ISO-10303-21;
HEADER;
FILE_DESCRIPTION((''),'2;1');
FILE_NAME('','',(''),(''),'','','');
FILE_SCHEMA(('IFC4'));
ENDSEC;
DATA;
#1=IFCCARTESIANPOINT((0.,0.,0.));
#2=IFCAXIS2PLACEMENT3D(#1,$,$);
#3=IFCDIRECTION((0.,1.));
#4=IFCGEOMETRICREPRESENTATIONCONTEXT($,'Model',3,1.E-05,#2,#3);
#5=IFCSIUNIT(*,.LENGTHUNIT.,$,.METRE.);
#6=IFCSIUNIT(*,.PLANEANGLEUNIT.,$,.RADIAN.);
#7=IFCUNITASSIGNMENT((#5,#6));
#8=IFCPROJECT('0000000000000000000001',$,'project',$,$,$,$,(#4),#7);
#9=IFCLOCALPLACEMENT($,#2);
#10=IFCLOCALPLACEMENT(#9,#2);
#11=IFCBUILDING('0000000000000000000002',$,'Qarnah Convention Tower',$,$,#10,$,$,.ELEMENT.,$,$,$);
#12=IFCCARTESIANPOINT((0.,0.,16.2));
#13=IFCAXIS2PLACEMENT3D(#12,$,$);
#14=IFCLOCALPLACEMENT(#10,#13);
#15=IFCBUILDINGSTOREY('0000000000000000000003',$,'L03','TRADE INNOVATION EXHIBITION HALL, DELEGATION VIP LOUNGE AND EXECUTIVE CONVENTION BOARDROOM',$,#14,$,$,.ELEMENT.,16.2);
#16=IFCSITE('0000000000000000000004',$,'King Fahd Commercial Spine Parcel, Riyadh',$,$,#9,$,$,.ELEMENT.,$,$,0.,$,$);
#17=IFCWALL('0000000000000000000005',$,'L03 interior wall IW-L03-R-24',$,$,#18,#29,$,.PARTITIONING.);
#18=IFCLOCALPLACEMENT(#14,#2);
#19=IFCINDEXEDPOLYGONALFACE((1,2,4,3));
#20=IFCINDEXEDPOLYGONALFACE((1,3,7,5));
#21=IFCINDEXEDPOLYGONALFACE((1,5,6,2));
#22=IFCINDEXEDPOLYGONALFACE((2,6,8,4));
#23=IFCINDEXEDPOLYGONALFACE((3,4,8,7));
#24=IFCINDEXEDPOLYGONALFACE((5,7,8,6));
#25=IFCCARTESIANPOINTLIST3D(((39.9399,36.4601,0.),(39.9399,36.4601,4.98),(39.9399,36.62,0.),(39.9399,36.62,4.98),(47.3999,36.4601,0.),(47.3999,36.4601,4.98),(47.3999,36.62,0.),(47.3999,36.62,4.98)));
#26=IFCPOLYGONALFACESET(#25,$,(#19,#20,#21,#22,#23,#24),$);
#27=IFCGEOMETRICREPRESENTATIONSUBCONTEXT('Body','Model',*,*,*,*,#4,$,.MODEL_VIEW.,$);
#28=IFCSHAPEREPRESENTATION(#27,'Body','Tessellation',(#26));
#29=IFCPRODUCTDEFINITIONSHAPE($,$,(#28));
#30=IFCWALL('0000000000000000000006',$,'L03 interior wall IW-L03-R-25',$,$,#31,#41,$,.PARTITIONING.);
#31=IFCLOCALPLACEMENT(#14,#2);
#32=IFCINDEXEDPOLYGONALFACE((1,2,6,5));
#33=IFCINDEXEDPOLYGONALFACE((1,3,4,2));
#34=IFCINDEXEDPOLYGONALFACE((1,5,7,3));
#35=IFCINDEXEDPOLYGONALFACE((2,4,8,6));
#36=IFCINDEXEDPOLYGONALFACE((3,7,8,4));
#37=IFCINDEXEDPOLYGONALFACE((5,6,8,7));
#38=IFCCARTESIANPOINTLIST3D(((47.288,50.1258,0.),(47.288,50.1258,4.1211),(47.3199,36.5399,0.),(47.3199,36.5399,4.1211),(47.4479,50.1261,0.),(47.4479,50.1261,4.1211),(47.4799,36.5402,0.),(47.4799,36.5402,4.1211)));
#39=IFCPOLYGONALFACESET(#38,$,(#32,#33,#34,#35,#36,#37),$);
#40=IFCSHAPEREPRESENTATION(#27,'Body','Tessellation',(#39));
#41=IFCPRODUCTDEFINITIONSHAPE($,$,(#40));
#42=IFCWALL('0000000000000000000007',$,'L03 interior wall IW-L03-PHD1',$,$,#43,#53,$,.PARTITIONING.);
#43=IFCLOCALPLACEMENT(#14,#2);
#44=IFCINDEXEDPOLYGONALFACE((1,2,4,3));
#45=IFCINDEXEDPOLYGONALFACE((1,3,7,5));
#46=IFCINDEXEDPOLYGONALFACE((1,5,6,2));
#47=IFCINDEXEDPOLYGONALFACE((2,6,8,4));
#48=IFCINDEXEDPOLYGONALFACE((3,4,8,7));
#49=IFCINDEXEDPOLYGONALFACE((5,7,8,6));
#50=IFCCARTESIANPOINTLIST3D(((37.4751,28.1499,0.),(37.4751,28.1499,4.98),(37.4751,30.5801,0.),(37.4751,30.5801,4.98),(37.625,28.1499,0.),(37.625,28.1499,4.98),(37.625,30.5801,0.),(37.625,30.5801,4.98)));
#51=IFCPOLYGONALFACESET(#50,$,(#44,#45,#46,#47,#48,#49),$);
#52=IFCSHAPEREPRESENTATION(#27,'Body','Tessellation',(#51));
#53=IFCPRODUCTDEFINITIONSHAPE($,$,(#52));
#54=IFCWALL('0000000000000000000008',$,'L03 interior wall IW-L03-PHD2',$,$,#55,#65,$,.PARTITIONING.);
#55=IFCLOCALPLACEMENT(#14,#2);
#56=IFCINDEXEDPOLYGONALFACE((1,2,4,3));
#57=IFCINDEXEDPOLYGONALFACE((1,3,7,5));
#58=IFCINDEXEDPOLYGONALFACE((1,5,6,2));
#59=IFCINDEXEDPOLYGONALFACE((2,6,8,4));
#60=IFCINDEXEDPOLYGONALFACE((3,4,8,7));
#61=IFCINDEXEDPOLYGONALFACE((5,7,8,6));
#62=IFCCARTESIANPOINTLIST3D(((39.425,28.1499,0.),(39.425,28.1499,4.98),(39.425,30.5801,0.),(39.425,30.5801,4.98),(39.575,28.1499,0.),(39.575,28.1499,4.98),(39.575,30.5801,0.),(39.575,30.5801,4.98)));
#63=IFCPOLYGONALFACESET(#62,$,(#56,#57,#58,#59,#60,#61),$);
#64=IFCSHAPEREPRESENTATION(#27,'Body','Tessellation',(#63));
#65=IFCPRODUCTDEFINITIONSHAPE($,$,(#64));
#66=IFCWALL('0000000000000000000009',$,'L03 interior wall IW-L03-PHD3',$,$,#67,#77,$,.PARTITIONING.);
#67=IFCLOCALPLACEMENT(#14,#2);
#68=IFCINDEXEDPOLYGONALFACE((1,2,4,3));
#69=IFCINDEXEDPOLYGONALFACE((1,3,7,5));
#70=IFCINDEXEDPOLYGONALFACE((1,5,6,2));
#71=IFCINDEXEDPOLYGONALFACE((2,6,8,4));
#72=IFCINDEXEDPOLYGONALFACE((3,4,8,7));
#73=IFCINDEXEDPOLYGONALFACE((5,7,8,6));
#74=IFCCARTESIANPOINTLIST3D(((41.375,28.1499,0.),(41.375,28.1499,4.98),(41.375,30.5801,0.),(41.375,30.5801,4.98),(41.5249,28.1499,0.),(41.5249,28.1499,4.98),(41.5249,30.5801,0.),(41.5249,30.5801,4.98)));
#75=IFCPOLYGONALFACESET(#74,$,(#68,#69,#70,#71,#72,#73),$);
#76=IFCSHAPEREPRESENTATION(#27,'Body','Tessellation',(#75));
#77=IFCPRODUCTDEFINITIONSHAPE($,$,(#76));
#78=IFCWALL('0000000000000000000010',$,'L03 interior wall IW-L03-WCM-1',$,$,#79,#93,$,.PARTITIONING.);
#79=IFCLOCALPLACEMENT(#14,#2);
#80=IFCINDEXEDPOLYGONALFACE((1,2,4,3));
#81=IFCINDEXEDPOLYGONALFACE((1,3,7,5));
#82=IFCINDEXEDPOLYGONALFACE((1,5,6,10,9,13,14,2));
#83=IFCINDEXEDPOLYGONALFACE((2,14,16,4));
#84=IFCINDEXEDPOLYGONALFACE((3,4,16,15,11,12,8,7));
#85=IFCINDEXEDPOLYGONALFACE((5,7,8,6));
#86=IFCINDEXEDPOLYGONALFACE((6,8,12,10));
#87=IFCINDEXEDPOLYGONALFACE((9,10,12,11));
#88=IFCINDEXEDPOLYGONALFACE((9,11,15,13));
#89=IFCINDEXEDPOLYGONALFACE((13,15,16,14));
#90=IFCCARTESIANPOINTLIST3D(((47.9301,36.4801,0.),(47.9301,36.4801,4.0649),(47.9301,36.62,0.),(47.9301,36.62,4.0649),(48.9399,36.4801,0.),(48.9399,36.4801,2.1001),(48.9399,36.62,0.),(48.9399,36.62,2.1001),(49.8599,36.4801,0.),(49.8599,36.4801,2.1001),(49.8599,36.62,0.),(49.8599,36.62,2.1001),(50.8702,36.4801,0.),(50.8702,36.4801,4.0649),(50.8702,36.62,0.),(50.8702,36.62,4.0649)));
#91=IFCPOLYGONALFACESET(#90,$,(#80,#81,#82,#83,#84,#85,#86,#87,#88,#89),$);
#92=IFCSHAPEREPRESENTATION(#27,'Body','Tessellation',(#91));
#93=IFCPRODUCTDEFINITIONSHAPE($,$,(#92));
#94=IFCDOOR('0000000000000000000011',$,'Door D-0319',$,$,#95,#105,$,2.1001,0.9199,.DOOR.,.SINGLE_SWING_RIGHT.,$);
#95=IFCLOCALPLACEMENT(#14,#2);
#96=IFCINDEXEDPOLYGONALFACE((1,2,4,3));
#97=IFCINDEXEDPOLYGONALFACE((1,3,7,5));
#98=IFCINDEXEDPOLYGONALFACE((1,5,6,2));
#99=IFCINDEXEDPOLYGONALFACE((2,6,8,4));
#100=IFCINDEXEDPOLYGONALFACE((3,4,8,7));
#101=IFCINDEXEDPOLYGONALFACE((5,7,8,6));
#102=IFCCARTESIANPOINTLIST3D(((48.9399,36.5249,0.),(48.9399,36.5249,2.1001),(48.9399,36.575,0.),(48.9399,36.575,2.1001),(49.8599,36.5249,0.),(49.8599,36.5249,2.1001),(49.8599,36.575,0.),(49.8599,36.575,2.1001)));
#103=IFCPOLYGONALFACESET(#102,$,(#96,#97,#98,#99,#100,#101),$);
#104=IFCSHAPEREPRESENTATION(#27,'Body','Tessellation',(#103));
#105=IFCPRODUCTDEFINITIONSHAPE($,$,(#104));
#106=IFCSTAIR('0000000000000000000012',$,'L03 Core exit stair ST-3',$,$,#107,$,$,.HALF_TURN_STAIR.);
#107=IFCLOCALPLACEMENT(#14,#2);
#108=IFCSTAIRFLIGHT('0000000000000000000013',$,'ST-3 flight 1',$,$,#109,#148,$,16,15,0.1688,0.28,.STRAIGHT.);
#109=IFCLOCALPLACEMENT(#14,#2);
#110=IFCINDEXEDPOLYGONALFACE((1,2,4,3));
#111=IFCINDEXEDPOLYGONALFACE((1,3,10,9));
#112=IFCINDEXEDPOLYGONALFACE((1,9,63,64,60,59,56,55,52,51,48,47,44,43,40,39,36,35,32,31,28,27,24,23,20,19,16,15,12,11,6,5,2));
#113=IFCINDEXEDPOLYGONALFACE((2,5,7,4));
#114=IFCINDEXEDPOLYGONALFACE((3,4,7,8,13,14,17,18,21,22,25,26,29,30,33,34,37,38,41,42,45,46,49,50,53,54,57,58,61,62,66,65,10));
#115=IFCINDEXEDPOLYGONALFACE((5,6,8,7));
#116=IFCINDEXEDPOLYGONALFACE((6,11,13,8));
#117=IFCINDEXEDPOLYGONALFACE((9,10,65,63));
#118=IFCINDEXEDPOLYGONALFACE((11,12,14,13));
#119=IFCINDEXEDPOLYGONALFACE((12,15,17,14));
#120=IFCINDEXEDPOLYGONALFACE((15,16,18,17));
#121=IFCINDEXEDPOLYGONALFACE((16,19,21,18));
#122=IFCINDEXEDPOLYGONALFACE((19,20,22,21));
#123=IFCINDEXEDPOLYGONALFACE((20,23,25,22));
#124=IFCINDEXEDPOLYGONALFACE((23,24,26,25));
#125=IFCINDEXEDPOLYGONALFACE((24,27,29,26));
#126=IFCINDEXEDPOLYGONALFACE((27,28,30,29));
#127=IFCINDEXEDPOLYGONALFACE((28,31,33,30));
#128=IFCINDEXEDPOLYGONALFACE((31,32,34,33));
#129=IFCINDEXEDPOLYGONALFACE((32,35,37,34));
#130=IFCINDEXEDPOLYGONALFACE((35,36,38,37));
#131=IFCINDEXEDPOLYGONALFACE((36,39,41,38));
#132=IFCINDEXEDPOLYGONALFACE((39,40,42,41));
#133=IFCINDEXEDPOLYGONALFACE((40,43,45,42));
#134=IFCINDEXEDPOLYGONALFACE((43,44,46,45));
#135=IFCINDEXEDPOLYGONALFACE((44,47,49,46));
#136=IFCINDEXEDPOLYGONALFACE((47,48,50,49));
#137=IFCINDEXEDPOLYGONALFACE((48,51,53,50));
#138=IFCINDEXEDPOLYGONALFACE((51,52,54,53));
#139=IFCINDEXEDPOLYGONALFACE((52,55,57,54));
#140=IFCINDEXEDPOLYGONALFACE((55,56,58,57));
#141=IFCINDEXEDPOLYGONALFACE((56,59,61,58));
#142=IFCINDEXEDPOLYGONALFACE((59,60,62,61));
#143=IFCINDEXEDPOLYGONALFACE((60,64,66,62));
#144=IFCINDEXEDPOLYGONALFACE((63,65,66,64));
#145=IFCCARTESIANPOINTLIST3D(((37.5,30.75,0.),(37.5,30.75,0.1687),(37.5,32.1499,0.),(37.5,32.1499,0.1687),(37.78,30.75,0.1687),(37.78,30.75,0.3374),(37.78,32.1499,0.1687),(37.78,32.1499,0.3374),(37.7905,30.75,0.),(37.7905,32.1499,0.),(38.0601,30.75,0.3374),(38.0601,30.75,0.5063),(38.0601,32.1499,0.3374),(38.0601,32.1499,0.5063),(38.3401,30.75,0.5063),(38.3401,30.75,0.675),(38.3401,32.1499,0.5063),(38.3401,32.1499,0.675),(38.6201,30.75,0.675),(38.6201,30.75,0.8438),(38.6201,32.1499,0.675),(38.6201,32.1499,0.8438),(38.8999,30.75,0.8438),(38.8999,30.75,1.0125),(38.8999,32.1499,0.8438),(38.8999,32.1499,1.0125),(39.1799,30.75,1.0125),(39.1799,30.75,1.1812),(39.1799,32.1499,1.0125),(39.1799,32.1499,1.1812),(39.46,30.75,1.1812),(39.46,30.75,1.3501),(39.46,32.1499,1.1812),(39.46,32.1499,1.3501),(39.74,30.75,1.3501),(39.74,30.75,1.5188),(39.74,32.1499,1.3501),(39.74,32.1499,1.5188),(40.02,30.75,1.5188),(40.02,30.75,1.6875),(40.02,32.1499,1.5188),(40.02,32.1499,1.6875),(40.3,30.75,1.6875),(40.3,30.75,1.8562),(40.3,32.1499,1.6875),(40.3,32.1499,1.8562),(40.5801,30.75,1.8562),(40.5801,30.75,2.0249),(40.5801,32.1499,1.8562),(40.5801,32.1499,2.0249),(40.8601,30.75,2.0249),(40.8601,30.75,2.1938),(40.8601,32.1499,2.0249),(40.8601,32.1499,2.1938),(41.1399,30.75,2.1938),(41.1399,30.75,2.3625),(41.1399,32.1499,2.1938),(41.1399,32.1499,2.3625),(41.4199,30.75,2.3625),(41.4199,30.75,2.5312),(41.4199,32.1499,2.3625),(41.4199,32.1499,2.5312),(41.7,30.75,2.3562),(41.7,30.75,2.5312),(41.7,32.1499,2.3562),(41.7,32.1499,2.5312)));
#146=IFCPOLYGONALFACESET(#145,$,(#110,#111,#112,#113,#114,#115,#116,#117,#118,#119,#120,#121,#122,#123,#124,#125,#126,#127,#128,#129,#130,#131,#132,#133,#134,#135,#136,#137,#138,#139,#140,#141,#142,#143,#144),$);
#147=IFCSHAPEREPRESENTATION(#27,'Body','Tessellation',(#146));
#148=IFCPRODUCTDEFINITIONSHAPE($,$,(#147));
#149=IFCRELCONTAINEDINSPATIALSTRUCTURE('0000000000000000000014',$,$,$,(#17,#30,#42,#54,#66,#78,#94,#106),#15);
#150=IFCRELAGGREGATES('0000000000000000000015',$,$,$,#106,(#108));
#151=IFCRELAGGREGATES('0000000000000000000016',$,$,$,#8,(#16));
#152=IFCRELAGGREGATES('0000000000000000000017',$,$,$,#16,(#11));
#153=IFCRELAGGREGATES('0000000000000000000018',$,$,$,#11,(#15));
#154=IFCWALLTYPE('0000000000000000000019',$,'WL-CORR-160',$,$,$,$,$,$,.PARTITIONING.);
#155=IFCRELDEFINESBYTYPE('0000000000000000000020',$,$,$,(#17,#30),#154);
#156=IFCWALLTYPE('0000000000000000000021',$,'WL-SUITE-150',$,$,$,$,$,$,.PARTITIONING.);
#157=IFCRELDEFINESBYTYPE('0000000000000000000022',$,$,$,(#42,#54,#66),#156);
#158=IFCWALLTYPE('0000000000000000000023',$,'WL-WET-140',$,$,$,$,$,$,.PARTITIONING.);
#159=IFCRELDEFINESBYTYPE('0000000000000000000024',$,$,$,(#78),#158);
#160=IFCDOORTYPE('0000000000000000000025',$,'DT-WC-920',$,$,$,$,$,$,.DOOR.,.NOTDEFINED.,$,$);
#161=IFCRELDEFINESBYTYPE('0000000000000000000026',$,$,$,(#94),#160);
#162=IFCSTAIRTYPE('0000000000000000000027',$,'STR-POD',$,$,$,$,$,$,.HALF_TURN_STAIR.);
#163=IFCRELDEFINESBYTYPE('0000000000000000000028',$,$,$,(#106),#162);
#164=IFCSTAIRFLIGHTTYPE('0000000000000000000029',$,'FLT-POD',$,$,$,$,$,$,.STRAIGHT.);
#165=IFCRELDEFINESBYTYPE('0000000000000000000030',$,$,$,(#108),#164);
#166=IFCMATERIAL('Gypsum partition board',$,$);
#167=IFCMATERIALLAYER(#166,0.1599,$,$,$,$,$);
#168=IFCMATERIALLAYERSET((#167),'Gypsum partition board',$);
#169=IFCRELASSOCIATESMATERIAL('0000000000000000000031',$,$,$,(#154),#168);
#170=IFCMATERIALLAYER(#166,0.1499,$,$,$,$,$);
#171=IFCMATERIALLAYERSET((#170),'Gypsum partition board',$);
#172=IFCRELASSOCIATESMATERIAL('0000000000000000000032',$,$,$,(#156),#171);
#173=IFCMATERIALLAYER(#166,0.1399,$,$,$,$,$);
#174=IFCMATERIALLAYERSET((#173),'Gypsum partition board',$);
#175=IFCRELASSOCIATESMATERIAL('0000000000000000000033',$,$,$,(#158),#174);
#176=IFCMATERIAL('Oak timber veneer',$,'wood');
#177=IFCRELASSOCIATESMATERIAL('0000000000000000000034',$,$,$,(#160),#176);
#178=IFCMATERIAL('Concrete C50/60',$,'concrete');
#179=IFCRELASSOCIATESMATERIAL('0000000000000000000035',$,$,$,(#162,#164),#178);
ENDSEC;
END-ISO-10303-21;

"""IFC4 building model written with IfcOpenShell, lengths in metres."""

from ifc_helpers import new_model, si_unit, direction, frame, frame_2d, origin, place, context, subcontext, project, spatial, polyline, rectangle, outline, extrude, material, layer, layer_set, type_object, element, fill, aggregate, save


model = new_model("IFC4")

# Units and contexts
model_context = context("Model", 3, precision=1e-05, world=origin(), true_north=direction((0.0, 1.0)))
body_context = subcontext(model_context, "Body", "Model", "MODEL_VIEW")
ifc_project = project(units=[si_unit("LENGTHUNIT", "METRE"), si_unit("PLANEANGLEUNIT", "RADIAN")], contexts=[model_context])

# Site, building, storey
site_placement = place(None, origin())
site = spatial("IfcSite", under=ifc_project, at=site_placement, Name="King Fahd Commercial Spine Parcel, Riyadh", CompositionType="ELEMENT", RefElevation=0.0)
building_placement = place(site_placement, origin())
building = spatial("IfcBuilding", under=site, at=building_placement, Name="Qarnah Convention Tower", CompositionType="ELEMENT")
storey_placement = place(building_placement, frame((0.0, 0.0, 16.2)))
storey = spatial("IfcBuildingStorey", under=building, at=storey_placement, Name="L03", Description="TRADE INNOVATION EXHIBITION HALL, DELEGATION VIP LOUNGE AND EXECUTIVE CONVENTION BOARDROOM", CompositionType="ELEMENT", Elevation=16.2)

# Shared definitions
ifc_material_1 = material(Name="Gypsum partition board")
ifc_layer_1 = layer(ifc_material_1, 0.1599)
ifc_layer_set_1 = layer_set([ifc_layer_1], Name="Gypsum partition board")
wall_type_1 = type_object("IfcWallType", Name="WL-CORR-160", PredefinedType="PARTITIONING", material=ifc_layer_set_1)

# Shared definitions
ifc_material_2 = material(Name="Oak timber veneer", Category="wood")

# Walls
wall_1_placement = place(storey_placement, frame((39.9399, 36.54, 0.0), z_axis=(0.0, 0.0, 1.0), x_axis=(1.0, 0.0, 0.0)))
element("IfcWall", 1, at=wall_1_placement, inside=storey, type_object=wall_type_1, Name="L03 interior wall IW-L03-R-24", PredefinedType="PARTITIONING", context=body_context, shape_type="SweptSolid", body=[
    extrude(rectangle(XDim=7.46, YDim=0.1599, at=frame_2d((3.73, 0.0))), origin(), (0.0, 0.0, 1.0), 4.98),
])
wall_2_placement = place(storey_placement, frame((47.3999, 36.54, 0.0), z_axis=(0.0, 0.0, 1.0), x_axis=(-0.002354, 0.999997, 0.0)))
element("IfcWall", 2, at=wall_2_placement, inside=storey, type_object=wall_type_1, Name="L03 interior wall IW-L03-R-25", PredefinedType="PARTITIONING", context=body_context, shape_type="SweptSolid", body=[
    extrude(rectangle(XDim=13.5859, YDim=0.1599, at=frame_2d((6.793, 0.0))), origin(), (0.0, 0.0, 1.0), 4.1211),
])

# Walls
ifc_layer_2 = layer(ifc_material_1, 0.1499)
ifc_layer_set_2 = layer_set([ifc_layer_2], Name="Gypsum partition board")
wall_type_2 = type_object("IfcWallType", Name="WL-SUITE-150", PredefinedType="PARTITIONING", material=ifc_layer_set_2)
for number, where, z_axis, x_axis, name in (
    (3, (37.55, 28.1499, 0.0), (0.0, 0.0, 1.0), (0.0, 1.0, 0.0), "L03 interior wall IW-L03-PHD1"),
    (4, (39.5, 28.1499, 0.0), (0.0, 0.0, 1.0), (0.0, 1.0, 0.0), "L03 interior wall IW-L03-PHD2"),
    (5, (41.45, 28.1499, 0.0), (0.0, 0.0, 1.0), (0.0, 1.0, 0.0), "L03 interior wall IW-L03-PHD3"),
):
    element("IfcWall", number, at=place(storey_placement, frame(where, z_axis=z_axis, x_axis=x_axis)), inside=storey, type_object=wall_type_2, Name=name, PredefinedType="PARTITIONING", context=body_context, shape_type="SweptSolid", body=[
        extrude(rectangle(XDim=2.4302, YDim=0.1499, at=frame_2d((1.2151, 0.0))), origin(), (0.0, 0.0, 1.0), 4.98),
    ])

# Wall, opening, door
ifc_layer_3 = layer(ifc_material_1, 0.1399)
ifc_layer_set_3 = layer_set([ifc_layer_3], Name="Gypsum partition board")
wall_type_3 = type_object("IfcWallType", Name="WL-WET-140", PredefinedType="PARTITIONING", material=ifc_layer_set_3)
wall_3_placement = place(storey_placement, frame((47.9299, 36.55, 0.0), z_axis=(0.0, 0.0, 1.0), x_axis=(1.0, 0.0, 0.0)))
wall_3 = element("IfcWall", 6, at=wall_3_placement, inside=storey, type_object=wall_type_3, Name="L03 interior wall IW-L03-WCM-1", PredefinedType="PARTITIONING", context=body_context, shape_type="SweptSolid", body=[
    extrude(rectangle(XDim=2.9402, YDim=0.1399, at=frame_2d((1.4702, 0.0))), origin(), (0.0, 0.0, 1.0), 4.0649),
])
opening_1_placement = place(wall_3_placement, frame((1.01, 0.0, 0.0)))
opening_1 = element("IfcOpeningElement", 7, at=opening_1_placement, cuts=wall_3, PredefinedType="OPENING", context=body_context, shape_type="SweptSolid", body=[
    extrude(rectangle(XDim=0.9199, YDim=2.1001, at=frame_2d((0.46, 1.05))), frame((0.0, 0.0798, 0.0), z_axis=(0.0, -1.0, 0.0), x_axis=(1.0, 0.0, 0.0)), (0.0, 0.0, 1.0), 0.1599),
])
door_type_1 = type_object("IfcDoorType", Name="DT-WC-920", OperationType="NOTDEFINED", PredefinedType="DOOR", material=ifc_material_2)
door_1_placement = place(opening_1_placement, origin())
door_1 = element("IfcDoor", 8, at=door_1_placement, inside=storey, type_object=door_type_1, Name="Door D-0319", OperationType="SINGLE_SWING_RIGHT", OverallHeight=2.1001, OverallWidth=0.9199, PredefinedType="DOOR", context=body_context, shape_type="SweptSolid", body=[
    extrude(rectangle(XDim=0.9199, YDim=2.1001, at=frame_2d((0.46, 1.05))), frame((0.0, 0.0249, 0.0), z_axis=(0.0, -1.0, 0.0), x_axis=(1.0, 0.0, 0.0)), (0.0, 0.0, 1.0), 0.05),
])
fill(opening_1, door_1)

# Stair, stair flight
ifc_material_3 = material(Name="Concrete C50/60", Category="concrete")
stair_type = type_object("IfcStairType", Name="STR-POD", PredefinedType="HALF_TURN_STAIR", material=ifc_material_3)
stair_placement = place(storey_placement, origin())
stair = element("IfcStair", 9, at=stair_placement, inside=storey, type_object=stair_type, Name="L03 Core exit stair ST-3", PredefinedType="HALF_TURN_STAIR")
stair_flight_type = type_object("IfcStairFlightType", Name="FLT-POD", PredefinedType="STRAIGHT", material=ifc_material_3)
stair_flight_1_placement = place(storey_placement, frame((37.5, 31.45, 0.0), z_axis=(0.0, 0.0, 1.0), x_axis=(1.0, 0.0, 0.0)))
stair_flight_1 = element("IfcStairFlight", 10, at=stair_flight_1_placement, type_object=stair_flight_type, Name="ST-3 flight 1", NumberOfRisers=16, NumberOfTreads=15, PredefinedType="STRAIGHT", RiserHeight=0.1688, TreadLength=0.28, context=body_context, shape_type="SweptSolid", body=[
    extrude(outline(polyline([(0.0, 0.0), (0.0, 0.1687), (0.28, 0.1687), (0.28, 0.3374), (0.5601, 0.3374), (0.5601, 0.5063), (0.8401, 0.5063), (0.8401, 0.675), (1.1201, 0.675), (1.1201, 0.8438), (1.3999, 0.8438), (1.3999, 1.0125), (1.6799, 1.0125), (1.6799, 1.1812), (1.96, 1.1812), (1.96, 1.3501), (2.24, 1.3501), (2.24, 1.5188), (2.52, 1.5188), (2.52, 1.6875), (2.8, 1.6875), (2.8, 1.8562), (3.0801, 1.8562), (3.0801, 2.0249), (3.3601, 2.0249), (3.3601, 2.1938), (3.6399, 2.1938), (3.6399, 2.3625), (3.9199, 2.3625), (3.9199, 2.5312), (4.2, 2.5312), (4.2, 2.7), (4.2, 2.3562), (0.2905, 0.0), (0.0, 0.0)])), frame((0.0, 0.7, 0.0), z_axis=(0.0, -1.0, 0.0), x_axis=(1.0, 0.0, 0.0)), (0.0, 0.0, 1.0), 1.3999),
])
aggregate(stair, [stair_flight_1])

save(model, "model.ifc")
